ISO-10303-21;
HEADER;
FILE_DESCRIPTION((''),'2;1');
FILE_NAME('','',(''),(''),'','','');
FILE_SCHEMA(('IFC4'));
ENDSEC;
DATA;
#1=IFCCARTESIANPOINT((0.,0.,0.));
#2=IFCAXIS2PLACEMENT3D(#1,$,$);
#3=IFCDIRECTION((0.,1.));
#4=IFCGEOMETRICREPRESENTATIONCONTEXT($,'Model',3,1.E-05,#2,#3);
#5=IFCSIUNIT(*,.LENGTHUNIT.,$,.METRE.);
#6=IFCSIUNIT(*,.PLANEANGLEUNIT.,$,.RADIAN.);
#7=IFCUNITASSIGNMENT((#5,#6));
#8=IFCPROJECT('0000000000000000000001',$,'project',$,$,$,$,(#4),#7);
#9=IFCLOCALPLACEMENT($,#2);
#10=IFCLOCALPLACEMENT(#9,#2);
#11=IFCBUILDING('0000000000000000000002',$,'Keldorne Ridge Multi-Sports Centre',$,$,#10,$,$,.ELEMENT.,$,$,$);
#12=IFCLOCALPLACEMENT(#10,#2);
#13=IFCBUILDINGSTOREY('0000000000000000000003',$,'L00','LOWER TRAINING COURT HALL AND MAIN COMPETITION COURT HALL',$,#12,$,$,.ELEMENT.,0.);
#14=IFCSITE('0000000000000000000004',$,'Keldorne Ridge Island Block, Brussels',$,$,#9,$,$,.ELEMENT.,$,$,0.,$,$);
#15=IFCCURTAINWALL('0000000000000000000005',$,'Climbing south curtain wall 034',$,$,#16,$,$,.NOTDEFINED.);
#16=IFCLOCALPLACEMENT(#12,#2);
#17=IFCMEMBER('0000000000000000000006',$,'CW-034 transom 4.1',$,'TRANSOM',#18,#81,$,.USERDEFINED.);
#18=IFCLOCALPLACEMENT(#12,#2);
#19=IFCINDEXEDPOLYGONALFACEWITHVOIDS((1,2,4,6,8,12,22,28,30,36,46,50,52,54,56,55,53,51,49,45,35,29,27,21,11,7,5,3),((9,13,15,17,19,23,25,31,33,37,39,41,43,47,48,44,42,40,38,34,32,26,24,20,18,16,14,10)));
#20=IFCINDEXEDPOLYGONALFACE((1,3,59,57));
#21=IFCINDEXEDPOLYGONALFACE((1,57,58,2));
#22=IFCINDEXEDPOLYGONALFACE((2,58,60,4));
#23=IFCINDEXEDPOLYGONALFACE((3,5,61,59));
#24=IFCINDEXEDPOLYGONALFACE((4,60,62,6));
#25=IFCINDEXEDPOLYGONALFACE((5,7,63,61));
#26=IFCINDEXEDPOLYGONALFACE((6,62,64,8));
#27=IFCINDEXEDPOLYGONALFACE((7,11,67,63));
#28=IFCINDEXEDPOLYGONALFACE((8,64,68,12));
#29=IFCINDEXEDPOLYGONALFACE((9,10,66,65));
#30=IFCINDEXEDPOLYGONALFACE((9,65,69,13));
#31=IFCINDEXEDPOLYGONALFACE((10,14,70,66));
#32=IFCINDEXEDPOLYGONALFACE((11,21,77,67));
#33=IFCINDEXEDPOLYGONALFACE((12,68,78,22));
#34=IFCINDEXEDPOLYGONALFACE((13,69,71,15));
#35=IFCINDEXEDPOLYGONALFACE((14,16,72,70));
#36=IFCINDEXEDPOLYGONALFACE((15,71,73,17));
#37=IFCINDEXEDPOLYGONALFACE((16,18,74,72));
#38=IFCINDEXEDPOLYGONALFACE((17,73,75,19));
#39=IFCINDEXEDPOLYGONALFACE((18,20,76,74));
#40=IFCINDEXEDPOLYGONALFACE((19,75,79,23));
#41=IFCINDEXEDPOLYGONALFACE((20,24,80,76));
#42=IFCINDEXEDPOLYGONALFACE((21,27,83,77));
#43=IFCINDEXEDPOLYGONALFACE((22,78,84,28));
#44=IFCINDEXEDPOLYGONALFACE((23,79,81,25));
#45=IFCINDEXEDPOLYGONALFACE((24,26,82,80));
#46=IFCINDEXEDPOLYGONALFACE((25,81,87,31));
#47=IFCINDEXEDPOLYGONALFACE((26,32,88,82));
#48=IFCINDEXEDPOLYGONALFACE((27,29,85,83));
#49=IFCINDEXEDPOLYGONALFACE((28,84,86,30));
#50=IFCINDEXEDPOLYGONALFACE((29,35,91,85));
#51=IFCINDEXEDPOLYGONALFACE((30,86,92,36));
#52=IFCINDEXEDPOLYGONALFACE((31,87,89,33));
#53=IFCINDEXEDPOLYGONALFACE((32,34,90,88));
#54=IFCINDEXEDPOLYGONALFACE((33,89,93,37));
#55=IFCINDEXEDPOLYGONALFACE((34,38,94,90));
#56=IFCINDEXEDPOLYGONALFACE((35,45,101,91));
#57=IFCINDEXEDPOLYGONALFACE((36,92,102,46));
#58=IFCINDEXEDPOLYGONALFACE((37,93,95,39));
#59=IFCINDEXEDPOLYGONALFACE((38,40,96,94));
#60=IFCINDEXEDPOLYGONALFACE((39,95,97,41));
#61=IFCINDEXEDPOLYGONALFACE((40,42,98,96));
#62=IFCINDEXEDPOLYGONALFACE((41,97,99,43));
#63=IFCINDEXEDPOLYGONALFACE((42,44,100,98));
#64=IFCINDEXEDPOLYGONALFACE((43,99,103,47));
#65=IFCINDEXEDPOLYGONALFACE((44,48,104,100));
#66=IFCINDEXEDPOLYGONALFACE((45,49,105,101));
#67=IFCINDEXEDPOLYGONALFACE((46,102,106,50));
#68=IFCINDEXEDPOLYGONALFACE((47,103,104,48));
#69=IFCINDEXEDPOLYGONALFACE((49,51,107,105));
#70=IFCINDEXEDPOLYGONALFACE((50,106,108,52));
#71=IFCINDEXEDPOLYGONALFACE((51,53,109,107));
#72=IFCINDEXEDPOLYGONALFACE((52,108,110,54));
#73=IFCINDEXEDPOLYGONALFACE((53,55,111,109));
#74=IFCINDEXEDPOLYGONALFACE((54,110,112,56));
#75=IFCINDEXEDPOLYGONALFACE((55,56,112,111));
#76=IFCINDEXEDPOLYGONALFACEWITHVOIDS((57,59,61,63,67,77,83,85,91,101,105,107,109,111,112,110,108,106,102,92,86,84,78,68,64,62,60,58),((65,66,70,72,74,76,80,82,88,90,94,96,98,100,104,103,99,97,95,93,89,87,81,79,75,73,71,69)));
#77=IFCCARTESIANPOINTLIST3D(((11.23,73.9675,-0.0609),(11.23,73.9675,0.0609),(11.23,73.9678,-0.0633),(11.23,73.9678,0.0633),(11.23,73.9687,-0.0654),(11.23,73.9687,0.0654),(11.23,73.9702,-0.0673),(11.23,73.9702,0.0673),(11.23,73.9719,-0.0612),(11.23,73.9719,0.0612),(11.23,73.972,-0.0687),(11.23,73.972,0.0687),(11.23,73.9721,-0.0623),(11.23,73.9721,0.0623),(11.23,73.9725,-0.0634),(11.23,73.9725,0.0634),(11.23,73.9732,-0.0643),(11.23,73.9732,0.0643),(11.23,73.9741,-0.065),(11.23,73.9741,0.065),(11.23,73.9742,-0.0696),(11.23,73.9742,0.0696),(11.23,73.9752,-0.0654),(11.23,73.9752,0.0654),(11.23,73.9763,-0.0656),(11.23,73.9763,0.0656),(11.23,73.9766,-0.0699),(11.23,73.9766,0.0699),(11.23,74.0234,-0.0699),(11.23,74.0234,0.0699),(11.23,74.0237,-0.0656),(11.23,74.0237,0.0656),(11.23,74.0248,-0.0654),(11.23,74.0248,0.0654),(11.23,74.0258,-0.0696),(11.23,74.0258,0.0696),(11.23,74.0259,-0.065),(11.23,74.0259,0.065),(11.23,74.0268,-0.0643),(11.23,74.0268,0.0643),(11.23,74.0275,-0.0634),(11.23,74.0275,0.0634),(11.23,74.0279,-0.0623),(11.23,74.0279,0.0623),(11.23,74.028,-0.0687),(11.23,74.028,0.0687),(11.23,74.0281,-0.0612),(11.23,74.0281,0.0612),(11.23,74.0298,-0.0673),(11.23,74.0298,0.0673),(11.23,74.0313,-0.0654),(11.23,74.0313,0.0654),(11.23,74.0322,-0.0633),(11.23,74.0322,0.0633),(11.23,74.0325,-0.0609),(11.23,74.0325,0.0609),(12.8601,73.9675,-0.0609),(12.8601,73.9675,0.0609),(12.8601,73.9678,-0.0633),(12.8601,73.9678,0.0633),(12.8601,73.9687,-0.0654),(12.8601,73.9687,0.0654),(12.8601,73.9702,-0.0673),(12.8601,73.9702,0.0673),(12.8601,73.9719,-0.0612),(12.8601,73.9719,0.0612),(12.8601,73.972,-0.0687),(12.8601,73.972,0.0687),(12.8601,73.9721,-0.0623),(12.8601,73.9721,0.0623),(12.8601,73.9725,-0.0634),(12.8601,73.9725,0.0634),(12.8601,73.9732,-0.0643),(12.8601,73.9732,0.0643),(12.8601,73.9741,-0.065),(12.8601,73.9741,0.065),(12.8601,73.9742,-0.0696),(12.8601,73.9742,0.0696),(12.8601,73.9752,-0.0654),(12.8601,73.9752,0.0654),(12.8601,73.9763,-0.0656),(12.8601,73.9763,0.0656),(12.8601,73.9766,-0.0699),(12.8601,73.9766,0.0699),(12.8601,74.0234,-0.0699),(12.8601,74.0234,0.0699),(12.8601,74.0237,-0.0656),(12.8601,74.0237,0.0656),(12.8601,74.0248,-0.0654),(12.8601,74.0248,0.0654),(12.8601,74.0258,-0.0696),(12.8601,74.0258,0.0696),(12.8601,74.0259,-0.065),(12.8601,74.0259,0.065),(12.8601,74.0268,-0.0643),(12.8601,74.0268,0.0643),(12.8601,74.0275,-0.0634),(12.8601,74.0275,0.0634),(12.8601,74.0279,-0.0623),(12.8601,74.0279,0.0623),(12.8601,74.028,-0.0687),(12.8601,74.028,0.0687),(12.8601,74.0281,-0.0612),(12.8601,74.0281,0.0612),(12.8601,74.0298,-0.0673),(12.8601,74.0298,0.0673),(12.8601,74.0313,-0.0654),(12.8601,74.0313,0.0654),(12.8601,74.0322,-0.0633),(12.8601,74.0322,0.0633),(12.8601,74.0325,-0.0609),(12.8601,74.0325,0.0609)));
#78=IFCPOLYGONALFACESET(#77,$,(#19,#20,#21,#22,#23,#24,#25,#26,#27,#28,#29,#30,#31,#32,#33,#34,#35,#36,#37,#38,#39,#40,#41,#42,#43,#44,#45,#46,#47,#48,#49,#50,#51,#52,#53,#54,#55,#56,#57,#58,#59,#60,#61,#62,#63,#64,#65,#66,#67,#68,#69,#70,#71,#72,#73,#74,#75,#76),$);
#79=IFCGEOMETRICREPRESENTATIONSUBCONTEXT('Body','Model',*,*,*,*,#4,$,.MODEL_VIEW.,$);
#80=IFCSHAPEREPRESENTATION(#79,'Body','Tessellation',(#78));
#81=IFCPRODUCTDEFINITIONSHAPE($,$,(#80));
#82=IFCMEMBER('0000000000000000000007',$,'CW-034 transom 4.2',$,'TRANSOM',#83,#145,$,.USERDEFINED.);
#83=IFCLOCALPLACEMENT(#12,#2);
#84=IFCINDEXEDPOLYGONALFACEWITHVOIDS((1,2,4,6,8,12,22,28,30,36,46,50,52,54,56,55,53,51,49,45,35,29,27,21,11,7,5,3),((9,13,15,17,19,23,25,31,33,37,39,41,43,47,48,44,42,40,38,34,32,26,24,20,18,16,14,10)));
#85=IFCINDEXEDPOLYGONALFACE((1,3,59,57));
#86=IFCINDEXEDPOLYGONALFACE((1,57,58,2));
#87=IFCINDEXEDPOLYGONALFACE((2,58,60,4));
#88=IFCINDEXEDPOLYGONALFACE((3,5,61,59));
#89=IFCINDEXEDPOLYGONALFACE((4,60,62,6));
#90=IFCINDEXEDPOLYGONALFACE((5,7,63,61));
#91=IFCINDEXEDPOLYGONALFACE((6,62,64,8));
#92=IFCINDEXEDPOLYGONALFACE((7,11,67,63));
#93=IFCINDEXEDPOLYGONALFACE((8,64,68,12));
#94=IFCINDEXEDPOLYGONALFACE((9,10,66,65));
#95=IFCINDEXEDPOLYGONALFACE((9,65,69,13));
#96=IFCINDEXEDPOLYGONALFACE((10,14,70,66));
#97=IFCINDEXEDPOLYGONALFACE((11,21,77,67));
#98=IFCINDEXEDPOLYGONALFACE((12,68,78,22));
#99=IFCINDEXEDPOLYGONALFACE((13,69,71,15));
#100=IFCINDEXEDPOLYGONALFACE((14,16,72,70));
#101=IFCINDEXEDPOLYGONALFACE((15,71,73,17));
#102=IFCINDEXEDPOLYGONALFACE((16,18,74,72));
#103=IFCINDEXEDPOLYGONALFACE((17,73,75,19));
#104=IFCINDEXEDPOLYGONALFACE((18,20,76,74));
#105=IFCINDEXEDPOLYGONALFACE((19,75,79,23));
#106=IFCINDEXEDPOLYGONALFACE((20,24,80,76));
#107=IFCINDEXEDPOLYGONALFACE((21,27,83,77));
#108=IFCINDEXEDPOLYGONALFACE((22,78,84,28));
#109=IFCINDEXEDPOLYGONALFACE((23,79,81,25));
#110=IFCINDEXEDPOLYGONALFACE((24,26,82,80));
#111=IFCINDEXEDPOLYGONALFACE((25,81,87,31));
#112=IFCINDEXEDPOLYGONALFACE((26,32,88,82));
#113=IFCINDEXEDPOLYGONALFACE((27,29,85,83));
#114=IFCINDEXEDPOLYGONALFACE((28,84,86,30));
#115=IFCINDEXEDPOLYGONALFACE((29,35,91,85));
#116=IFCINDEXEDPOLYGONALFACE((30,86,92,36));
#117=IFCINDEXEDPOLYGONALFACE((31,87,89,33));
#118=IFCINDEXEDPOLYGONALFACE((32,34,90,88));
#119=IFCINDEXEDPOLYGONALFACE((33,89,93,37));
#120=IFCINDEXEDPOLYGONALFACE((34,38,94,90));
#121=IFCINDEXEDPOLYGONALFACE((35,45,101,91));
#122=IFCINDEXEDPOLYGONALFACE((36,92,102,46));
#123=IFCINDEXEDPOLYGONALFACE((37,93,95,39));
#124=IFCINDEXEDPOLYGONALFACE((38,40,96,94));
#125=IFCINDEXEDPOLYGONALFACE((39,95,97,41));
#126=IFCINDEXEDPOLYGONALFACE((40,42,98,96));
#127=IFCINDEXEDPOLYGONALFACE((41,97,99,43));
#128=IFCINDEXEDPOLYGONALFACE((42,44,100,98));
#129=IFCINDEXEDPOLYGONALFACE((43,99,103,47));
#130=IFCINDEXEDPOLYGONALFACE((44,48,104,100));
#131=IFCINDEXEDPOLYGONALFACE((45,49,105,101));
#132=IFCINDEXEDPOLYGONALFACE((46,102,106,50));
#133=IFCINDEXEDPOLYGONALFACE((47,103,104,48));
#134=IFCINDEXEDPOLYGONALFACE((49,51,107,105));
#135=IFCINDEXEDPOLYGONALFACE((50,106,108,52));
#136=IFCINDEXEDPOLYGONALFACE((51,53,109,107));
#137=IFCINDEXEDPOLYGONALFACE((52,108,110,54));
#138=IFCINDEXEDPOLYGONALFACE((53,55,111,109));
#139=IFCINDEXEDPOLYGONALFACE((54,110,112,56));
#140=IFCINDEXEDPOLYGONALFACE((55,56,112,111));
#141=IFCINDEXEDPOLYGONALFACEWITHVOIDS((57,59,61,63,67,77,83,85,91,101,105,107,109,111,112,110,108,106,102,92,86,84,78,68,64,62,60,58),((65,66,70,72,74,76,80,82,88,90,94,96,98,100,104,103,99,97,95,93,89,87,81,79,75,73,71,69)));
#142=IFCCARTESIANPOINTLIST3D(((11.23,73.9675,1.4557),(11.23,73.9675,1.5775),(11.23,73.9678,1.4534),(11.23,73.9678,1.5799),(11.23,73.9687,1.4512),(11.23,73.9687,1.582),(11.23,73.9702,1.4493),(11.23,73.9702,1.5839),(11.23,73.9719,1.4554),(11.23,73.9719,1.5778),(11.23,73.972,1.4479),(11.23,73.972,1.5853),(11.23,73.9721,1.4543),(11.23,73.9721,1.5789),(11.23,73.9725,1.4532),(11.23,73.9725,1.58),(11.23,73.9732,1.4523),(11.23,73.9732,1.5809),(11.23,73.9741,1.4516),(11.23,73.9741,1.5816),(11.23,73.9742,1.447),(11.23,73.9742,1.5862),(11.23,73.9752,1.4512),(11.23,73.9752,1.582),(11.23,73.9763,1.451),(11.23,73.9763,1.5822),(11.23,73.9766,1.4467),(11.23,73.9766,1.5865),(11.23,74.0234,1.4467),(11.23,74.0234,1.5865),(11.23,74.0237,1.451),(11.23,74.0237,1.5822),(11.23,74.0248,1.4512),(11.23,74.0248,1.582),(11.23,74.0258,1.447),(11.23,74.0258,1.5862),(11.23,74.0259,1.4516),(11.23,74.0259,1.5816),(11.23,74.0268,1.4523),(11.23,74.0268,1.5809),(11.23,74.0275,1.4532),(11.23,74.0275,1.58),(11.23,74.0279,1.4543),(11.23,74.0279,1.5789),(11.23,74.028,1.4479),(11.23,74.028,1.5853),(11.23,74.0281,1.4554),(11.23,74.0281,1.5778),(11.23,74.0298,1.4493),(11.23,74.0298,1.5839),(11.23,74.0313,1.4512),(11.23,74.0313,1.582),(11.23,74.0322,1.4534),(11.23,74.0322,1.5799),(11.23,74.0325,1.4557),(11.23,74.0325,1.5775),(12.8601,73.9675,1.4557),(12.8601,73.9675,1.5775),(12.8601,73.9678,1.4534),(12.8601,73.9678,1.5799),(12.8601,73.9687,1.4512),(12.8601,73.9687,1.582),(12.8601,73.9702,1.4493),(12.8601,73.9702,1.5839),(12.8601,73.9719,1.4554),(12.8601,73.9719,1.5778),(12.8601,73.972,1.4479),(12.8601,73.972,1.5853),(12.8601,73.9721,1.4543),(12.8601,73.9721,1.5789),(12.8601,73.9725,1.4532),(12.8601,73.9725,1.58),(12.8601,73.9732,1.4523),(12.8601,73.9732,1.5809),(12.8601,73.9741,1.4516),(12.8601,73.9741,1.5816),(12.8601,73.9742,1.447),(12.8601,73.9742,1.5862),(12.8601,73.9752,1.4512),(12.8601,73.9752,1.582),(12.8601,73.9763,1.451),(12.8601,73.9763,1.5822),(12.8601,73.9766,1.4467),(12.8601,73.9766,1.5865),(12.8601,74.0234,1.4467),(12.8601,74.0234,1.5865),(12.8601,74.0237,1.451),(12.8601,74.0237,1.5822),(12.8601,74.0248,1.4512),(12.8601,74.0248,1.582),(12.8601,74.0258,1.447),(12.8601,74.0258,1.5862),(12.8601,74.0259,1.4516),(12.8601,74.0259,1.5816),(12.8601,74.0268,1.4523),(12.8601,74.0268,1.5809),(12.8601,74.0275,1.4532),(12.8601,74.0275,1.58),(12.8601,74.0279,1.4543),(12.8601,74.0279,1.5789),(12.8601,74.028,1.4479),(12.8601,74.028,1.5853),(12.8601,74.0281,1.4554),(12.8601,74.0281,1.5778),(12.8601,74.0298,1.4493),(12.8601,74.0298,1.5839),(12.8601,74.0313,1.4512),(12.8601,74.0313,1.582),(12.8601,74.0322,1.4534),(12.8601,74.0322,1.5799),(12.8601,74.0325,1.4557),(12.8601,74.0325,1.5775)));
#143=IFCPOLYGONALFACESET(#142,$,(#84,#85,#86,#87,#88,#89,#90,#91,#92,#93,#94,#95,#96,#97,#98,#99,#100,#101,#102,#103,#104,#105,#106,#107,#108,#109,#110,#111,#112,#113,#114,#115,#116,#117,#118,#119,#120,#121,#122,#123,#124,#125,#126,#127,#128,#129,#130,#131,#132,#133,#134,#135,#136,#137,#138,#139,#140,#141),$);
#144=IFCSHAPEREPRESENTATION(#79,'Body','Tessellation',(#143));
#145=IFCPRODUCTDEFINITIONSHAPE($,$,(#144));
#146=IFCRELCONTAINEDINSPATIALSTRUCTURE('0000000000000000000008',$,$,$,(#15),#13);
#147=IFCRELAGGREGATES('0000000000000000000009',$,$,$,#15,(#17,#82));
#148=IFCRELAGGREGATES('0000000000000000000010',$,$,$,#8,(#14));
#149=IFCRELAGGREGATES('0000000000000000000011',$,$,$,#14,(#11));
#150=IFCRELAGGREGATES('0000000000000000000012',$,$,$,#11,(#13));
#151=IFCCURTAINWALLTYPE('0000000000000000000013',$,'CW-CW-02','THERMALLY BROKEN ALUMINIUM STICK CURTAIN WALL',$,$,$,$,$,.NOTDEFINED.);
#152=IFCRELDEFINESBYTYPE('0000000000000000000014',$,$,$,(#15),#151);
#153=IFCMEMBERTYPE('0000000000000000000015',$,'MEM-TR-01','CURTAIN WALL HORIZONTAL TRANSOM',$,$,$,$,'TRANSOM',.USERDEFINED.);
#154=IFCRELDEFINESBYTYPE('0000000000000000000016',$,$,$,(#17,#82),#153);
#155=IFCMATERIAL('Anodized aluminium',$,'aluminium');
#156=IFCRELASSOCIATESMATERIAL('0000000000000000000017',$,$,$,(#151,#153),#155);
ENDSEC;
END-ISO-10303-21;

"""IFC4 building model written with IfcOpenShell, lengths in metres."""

from ifc_helpers import new_model, si_unit, direction, frame, origin, origin_2d, place, context, subcontext, project, spatial, hollow_rectangle, extrude, material, material_profile, profile_set, type_object, element, aggregate, save


model = new_model("IFC4")

# Units and contexts
model_context = context("Model", 3, precision=1e-05, world=origin(), true_north=direction((0.0, 1.0)))
body_context = subcontext(model_context, "Body", "Model", "MODEL_VIEW")
ifc_project = project(units=[si_unit("LENGTHUNIT", "METRE"), si_unit("PLANEANGLEUNIT", "RADIAN")], contexts=[model_context])

# Site, building, storey
site_placement = place(None, origin())
site = spatial("IfcSite", under=ifc_project, at=site_placement, Name="Keldorne Ridge Island Block, Brussels", CompositionType="ELEMENT", RefElevation=0.0)
building_placement = place(site_placement, origin())
building = spatial("IfcBuilding", under=site, at=building_placement, Name="Keldorne Ridge Multi-Sports Centre", CompositionType="ELEMENT")
storey_placement = place(building_placement, origin())
storey = spatial("IfcBuildingStorey", under=building, at=storey_placement, Name="L00", Description="LOWER TRAINING COURT HALL AND MAIN COMPETITION COURT HALL", CompositionType="ELEMENT", Elevation=0.0)

# Curtain wall, members
ifc_material_1 = material(Name="Anodized aluminium", Category="aluminium")
curtain_wall_type = type_object("IfcCurtainWallType", Name="CW-CW-02", Description="THERMALLY BROKEN ALUMINIUM STICK CURTAIN WALL", PredefinedType="NOTDEFINED", material=ifc_material_1)
curtain_wall_placement = place(storey_placement, origin())
curtain_wall = element("IfcCurtainWall", 1, at=curtain_wall_placement, inside=storey, type_object=curtain_wall_type, Name="Climbing south curtain wall 034", PredefinedType="NOTDEFINED")
ifc_material_profile_1 = material_profile(ifc_material_1, hollow_rectangle(XDim=0.0649, YDim=0.1399, WallThickness=0.0044, InnerFilletRadius=0.0044, OuterFilletRadius=0.009, at=origin_2d()), Name="ALU TRANSOM 140x65x4.5")
ifc_profile_set_1 = profile_set([ifc_material_profile_1], Name="Anodized aluminium")
member_type_1 = type_object("IfcMemberType", Name="MEM-TR-01", Description="CURTAIN WALL HORIZONTAL TRANSOM", ElementType="TRANSOM", PredefinedType="USERDEFINED", material=ifc_profile_set_1)
member_1_placement = place(storey_placement, frame((11.23, 74.0, 0.0), z_axis=(1.0, 0.0, 0.0), x_axis=(0.0, 1.0, 0.0)))
member_1 = element("IfcMember", 2, at=member_1_placement, type_object=member_type_1, Name="CW-034 transom 4.1", ObjectType="TRANSOM", PredefinedType="USERDEFINED", context=body_context, shape_type="SweptSolid", body=[
    extrude(hollow_rectangle(XDim=0.0649, YDim=0.1399, WallThickness=0.0044, InnerFilletRadius=0.0044, OuterFilletRadius=0.009, at=origin_2d()), origin(), (0.0, 0.0, 1.0), 1.6301),
])
member_2_placement = place(storey_placement, frame((11.23, 74.0, 1.5166), z_axis=(1.0, 0.0, 0.0), x_axis=(0.0, 1.0, 0.0)))
member_2 = element("IfcMember", 3, at=member_2_placement, type_object=member_type_1, Name="CW-034 transom 4.2", ObjectType="TRANSOM", PredefinedType="USERDEFINED", context=body_context, shape_type="SweptSolid", body=[
    extrude(hollow_rectangle(XDim=0.0649, YDim=0.1399, WallThickness=0.0044, InnerFilletRadius=0.0044, OuterFilletRadius=0.009, at=origin_2d()), origin(), (0.0, 0.0, 1.0), 1.6301),
])
aggregate(curtain_wall, [member_1, member_2])

save(model, "model.ifc")
